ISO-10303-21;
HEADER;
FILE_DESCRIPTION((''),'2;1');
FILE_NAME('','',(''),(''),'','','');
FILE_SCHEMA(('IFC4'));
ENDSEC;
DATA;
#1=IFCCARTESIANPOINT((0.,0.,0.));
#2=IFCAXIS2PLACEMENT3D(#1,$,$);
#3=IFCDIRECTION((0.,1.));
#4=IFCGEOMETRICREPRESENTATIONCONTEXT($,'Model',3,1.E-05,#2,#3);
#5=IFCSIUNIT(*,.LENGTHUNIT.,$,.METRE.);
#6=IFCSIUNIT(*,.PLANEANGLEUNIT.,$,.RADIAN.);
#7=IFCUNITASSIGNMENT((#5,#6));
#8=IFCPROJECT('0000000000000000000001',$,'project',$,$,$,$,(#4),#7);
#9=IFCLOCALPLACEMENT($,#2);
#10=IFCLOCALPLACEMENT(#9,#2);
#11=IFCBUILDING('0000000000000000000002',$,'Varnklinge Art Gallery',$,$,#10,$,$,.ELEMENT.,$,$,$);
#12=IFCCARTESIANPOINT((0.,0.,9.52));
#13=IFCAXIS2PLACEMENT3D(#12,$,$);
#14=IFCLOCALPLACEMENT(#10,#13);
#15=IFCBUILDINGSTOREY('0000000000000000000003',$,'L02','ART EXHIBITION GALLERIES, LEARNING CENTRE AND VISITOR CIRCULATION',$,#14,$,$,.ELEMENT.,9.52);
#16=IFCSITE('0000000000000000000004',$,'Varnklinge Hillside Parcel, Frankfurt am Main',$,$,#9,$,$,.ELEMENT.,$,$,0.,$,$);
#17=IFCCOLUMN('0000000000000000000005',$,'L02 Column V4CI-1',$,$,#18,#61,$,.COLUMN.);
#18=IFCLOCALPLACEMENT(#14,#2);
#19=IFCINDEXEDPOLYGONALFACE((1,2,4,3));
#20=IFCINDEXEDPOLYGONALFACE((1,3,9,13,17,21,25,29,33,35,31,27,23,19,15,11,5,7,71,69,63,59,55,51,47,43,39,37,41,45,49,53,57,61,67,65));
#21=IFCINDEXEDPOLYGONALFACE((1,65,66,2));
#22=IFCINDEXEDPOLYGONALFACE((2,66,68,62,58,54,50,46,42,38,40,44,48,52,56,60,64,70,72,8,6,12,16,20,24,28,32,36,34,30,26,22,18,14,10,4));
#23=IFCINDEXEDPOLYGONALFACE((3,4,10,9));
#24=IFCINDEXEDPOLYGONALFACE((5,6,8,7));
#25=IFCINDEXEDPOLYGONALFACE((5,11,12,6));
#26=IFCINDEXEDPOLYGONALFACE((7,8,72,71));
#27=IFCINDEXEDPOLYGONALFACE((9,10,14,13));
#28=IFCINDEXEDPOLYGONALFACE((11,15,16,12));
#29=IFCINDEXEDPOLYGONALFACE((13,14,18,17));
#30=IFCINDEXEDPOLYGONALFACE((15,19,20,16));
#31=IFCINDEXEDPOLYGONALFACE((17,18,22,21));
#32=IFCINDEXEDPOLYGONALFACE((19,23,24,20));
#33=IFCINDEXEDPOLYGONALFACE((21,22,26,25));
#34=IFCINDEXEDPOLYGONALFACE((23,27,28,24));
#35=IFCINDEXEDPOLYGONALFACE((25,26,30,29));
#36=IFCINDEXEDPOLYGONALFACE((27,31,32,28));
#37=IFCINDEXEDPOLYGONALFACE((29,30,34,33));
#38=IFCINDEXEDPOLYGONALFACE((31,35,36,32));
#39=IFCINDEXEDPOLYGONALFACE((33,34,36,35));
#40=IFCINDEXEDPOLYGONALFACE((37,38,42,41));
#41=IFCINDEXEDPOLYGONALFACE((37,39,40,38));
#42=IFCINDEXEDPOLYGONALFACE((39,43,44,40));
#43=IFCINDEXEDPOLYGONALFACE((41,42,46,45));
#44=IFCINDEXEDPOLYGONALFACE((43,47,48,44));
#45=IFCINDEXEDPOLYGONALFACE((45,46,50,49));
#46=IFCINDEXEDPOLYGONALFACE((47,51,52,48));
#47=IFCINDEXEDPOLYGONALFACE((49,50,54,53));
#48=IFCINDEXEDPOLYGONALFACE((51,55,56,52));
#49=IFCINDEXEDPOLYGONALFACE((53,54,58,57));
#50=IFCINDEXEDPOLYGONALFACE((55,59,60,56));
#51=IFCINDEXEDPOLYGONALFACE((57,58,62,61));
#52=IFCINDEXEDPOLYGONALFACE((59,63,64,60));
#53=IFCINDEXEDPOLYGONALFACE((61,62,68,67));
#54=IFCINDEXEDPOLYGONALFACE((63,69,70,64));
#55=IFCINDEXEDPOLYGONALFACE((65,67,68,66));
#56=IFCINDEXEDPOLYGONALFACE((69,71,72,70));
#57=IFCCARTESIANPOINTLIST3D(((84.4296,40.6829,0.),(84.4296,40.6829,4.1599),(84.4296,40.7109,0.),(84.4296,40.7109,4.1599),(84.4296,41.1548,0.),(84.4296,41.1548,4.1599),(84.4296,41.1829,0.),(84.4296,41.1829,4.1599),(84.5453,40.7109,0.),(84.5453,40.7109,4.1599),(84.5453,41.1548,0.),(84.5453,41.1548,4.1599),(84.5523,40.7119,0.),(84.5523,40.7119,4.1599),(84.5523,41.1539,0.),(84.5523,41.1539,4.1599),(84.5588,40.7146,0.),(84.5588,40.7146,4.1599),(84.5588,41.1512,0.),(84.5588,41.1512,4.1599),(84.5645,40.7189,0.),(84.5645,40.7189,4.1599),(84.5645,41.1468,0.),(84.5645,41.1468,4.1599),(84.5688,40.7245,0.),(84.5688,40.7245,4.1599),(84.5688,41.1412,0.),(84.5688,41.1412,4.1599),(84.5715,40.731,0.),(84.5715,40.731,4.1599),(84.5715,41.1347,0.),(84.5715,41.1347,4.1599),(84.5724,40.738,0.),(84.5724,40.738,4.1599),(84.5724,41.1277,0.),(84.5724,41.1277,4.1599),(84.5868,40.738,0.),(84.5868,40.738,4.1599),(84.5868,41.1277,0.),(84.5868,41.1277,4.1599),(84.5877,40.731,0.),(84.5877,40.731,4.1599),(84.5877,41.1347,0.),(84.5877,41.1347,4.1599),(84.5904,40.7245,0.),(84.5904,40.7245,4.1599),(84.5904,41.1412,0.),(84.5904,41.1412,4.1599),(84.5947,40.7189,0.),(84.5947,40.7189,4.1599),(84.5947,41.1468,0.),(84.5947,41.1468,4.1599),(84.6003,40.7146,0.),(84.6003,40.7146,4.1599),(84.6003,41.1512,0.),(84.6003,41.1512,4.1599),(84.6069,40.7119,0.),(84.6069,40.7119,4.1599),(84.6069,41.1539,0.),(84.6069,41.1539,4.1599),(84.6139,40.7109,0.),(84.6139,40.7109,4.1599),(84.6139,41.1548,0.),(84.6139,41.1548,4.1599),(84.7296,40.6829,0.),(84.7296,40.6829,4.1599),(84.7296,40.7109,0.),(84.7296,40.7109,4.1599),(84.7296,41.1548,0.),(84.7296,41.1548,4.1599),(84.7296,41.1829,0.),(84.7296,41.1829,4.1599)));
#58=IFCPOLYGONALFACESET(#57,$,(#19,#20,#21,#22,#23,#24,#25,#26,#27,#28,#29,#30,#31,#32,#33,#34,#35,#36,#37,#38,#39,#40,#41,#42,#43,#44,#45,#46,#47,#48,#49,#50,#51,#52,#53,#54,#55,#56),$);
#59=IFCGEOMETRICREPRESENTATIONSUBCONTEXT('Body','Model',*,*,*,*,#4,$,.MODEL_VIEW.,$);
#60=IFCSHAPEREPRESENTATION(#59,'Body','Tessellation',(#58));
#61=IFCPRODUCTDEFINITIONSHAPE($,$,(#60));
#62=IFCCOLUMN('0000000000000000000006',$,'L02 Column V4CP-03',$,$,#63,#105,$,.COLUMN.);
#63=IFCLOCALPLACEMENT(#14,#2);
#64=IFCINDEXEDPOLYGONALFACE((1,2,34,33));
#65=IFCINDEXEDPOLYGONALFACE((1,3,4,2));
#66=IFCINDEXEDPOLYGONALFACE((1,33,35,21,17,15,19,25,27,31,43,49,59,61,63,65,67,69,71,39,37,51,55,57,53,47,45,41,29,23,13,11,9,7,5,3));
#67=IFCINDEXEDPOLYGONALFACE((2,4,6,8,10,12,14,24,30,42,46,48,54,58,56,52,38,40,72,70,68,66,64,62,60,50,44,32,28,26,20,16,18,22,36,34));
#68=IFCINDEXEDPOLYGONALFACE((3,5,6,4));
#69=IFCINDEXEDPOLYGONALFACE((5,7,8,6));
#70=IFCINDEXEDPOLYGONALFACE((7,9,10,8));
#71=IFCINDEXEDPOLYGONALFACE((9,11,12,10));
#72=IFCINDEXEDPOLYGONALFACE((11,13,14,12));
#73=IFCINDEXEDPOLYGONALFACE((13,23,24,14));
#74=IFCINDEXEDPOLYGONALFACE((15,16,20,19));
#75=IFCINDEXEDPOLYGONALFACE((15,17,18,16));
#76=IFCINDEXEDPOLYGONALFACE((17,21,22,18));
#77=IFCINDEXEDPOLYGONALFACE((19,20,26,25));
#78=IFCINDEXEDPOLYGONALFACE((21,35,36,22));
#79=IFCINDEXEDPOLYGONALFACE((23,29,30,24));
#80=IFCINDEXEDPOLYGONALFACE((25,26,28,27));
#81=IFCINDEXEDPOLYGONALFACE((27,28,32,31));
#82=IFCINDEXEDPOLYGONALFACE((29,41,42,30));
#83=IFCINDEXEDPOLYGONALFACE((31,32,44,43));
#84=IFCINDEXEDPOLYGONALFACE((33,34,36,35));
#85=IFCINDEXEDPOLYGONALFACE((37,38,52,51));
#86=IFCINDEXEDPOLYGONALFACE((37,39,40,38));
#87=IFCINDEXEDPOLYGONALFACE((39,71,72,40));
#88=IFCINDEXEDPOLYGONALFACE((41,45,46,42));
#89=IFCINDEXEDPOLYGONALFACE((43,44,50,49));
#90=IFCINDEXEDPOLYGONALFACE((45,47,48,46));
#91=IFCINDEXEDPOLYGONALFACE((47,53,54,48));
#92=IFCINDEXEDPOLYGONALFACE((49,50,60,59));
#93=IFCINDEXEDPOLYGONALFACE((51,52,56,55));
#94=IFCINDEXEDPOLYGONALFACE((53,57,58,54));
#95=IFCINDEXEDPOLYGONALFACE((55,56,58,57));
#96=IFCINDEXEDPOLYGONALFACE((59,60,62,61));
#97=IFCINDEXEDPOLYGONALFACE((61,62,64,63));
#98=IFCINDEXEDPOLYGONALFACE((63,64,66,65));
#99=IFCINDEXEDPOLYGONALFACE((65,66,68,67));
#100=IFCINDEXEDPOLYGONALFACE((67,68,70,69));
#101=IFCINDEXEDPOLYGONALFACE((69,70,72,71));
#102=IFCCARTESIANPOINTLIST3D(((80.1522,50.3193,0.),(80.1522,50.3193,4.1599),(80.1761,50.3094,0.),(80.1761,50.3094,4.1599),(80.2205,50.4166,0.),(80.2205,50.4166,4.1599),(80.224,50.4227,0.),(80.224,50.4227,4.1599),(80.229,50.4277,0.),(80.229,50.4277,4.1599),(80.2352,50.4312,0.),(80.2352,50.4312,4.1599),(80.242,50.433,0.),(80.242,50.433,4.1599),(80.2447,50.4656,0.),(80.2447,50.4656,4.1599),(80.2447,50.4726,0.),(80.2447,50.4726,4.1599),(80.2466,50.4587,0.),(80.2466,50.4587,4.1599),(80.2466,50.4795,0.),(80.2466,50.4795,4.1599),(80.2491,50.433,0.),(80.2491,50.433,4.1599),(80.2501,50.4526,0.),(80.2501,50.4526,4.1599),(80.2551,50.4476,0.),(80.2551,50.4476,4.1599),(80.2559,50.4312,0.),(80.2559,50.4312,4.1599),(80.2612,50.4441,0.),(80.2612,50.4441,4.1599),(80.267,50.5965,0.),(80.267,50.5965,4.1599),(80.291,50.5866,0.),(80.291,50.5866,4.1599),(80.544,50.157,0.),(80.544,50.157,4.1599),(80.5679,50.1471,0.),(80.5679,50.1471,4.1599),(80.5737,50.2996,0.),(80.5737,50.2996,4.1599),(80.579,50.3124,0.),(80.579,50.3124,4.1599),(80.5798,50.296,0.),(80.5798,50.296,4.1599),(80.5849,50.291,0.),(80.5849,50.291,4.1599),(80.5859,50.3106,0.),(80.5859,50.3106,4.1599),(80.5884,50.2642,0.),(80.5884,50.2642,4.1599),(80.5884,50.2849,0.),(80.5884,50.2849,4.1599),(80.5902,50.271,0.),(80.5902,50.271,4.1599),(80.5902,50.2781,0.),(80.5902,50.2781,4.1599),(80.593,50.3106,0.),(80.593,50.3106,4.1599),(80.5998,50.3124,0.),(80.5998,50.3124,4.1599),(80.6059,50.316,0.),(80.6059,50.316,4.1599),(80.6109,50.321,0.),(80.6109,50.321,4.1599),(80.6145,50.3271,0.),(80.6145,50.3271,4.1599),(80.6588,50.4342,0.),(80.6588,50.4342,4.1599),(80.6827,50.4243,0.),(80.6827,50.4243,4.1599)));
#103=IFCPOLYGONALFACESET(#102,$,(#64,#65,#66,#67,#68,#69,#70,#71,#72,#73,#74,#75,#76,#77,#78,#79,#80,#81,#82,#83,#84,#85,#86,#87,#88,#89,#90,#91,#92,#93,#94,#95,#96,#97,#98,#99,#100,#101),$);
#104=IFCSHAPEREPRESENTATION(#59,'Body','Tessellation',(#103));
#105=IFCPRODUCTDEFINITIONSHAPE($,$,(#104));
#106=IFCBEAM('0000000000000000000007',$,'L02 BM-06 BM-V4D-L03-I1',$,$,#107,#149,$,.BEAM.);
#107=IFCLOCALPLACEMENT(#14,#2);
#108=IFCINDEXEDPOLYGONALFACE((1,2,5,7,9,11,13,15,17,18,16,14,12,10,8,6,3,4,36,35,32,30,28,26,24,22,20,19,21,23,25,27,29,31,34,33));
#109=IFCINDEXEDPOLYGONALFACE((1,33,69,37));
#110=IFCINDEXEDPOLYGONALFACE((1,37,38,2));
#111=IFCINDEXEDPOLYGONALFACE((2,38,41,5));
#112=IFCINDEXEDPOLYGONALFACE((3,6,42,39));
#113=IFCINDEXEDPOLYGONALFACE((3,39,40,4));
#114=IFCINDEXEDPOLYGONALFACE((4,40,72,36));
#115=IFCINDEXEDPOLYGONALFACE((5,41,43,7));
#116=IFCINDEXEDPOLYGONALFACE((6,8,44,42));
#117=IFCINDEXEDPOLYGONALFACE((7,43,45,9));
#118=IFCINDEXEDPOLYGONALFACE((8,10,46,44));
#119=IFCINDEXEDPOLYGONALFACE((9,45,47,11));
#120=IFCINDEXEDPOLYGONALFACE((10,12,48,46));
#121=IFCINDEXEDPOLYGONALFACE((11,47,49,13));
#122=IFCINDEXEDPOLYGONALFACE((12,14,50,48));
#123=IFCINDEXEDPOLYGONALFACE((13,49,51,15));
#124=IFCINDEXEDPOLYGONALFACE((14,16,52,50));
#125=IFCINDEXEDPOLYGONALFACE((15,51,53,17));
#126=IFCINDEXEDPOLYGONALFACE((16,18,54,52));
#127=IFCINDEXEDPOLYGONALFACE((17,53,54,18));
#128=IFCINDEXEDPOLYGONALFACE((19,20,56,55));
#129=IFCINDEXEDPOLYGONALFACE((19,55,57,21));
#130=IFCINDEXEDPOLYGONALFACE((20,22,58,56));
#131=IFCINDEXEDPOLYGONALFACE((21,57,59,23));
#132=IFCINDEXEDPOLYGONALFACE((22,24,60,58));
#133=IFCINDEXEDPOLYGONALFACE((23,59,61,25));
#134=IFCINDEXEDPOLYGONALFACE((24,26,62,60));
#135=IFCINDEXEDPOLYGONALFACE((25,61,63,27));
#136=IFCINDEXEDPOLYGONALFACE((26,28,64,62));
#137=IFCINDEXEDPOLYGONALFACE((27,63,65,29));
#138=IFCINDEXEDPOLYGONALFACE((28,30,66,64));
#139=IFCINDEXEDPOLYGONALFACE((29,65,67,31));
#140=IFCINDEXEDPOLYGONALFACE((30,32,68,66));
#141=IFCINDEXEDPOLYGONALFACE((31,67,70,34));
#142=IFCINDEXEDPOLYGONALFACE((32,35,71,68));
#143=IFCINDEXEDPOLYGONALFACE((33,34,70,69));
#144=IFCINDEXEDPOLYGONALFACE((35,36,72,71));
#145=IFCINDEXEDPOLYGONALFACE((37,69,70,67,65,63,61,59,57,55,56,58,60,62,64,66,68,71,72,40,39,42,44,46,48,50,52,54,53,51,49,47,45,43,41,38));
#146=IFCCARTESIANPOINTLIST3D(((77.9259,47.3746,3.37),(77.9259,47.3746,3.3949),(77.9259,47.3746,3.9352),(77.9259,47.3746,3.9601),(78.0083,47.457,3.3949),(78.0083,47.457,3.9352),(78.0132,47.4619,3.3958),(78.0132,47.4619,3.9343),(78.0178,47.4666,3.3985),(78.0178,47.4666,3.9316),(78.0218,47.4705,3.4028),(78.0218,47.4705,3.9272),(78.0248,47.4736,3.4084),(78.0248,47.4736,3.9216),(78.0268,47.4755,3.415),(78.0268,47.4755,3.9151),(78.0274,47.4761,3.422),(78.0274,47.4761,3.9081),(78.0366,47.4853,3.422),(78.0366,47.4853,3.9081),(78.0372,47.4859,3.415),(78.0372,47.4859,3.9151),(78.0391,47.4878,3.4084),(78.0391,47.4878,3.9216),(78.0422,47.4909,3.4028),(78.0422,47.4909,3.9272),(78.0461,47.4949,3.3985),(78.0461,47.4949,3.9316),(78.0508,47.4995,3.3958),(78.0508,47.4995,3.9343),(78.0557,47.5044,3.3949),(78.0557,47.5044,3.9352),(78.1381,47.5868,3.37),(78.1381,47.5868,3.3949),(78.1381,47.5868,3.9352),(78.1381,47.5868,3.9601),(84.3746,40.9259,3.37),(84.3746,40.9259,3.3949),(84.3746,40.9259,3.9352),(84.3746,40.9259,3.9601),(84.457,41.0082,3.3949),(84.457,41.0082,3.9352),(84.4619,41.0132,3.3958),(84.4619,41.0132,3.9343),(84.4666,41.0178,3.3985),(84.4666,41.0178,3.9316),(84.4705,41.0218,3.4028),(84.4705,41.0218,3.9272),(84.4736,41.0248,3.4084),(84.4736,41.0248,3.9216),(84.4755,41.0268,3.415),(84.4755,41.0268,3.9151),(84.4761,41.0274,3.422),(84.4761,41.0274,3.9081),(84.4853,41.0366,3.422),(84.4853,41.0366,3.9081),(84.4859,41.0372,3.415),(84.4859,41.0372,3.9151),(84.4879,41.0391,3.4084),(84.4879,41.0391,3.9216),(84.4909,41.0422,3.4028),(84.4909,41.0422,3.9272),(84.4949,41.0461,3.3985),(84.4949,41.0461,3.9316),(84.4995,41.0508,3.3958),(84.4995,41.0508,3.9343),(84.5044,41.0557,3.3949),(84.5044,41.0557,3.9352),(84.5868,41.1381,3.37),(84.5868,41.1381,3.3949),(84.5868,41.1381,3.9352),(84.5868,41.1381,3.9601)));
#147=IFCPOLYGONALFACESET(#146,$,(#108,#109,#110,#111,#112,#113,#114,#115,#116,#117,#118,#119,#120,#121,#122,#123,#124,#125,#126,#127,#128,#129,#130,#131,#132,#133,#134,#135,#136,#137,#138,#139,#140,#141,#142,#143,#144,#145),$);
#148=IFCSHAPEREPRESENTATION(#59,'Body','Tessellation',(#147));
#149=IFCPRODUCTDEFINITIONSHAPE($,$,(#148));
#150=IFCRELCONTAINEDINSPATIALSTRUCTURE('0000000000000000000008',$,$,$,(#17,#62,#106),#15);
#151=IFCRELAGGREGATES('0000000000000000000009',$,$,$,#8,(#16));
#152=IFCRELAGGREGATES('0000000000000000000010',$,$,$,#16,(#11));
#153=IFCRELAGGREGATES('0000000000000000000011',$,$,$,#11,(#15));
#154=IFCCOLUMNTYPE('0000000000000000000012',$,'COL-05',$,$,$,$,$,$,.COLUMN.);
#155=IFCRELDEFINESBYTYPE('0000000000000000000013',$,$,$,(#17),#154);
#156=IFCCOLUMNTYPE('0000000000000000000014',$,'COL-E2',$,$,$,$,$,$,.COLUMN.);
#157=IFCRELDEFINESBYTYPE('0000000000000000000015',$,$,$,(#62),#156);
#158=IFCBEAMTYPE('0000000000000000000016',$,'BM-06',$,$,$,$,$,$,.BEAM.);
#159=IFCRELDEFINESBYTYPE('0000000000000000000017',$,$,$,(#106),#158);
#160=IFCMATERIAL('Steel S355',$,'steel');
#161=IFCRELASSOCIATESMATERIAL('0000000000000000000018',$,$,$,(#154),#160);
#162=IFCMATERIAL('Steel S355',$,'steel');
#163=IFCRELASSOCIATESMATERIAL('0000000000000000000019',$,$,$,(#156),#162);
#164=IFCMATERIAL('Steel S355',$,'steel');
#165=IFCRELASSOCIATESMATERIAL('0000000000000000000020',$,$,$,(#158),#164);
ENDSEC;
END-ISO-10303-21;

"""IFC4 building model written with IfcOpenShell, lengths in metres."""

from ifc_helpers import new_model, si_unit, direction, frame, origin, origin_2d, place, context, subcontext, project, spatial, i_section, extrude, material, material_profile, profile_set, type_object, element, save


model = new_model("IFC4")

# Units and contexts
model_context = context("Model", 3, precision=1e-05, world=origin(), true_north=direction((0.0, 1.0)))
body_context = subcontext(model_context, "Body", "Model", "MODEL_VIEW")
ifc_project = project(units=[si_unit("LENGTHUNIT", "METRE"), si_unit("PLANEANGLEUNIT", "RADIAN")], contexts=[model_context])

# Site, building, storey
site_placement = place(None, origin())
site = spatial("IfcSite", under=ifc_project, at=site_placement, Name="Varnklinge Hillside Parcel, Frankfurt am Main", CompositionType="ELEMENT", RefElevation=0.0)
building_placement = place(site_placement, origin())
building = spatial("IfcBuilding", under=site, at=building_placement, Name="Varnklinge Art Gallery", CompositionType="ELEMENT")
storey_placement = place(building_placement, frame((0.0, 0.0, 9.52)))
storey = spatial("IfcBuildingStorey", under=building, at=storey_placement, Name="L02", Description="ART EXHIBITION GALLERIES, LEARNING CENTRE AND VISITOR CIRCULATION", CompositionType="ELEMENT", Elevation=9.52)

# Columns
ifc_material_1 = material(Name="Steel S355", Category="steel")
ifc_material_profile_1 = material_profile(ifc_material_1, i_section(OverallWidth=0.3, OverallDepth=0.5, WebThickness=0.0144, FlangeThickness=0.0281, FilletRadius=0.0271, at=origin_2d()), Name="HEB 500")
ifc_profile_set_1 = profile_set([ifc_material_profile_1], Name="Steel S355")
column_type_1 = type_object("IfcColumnType", Name="COL-05", PredefinedType="COLUMN", material=ifc_profile_set_1)
column_1_placement = place(storey_placement, frame((84.5796, 40.9329, 0.0), z_axis=(0.0, 0.0, 1.0), x_axis=(1.0, 0.0, 0.0)))
element("IfcColumn", 1, at=column_1_placement, inside=storey, type_object=column_type_1, Name="L02 Column V4CI-1", PredefinedType="COLUMN", context=body_context, shape_type="SweptSolid", body=[
    extrude(i_section(OverallWidth=0.3, OverallDepth=0.5, WebThickness=0.0144, FlangeThickness=0.0281, FilletRadius=0.0271, at=origin_2d()), origin(), (0.0, 0.0, 1.0), 4.1599),
])
ifc_material_2 = material(Name="Steel S355", Category="steel")
ifc_material_profile_2 = material_profile(ifc_material_2, i_section(OverallWidth=0.3, OverallDepth=0.45, WebThickness=0.0139, FlangeThickness=0.0259, FilletRadius=0.0271, at=origin_2d()), Name="HEB 450")
ifc_profile_set_2 = profile_set([ifc_material_profile_2], Name="Steel S355")
column_type_2 = type_object("IfcColumnType", Name="COL-E2", PredefinedType="COLUMN", material=ifc_profile_set_2)
column_2_placement = place(storey_placement, frame((80.4175, 50.3718, 0.0), z_axis=(0.0, 0.0, 1.0), x_axis=(0.382683, 0.92388, 0.0)))
element("IfcColumn", 2, at=column_2_placement, inside=storey, type_object=column_type_2, Name="L02 Column V4CP-03", PredefinedType="COLUMN", context=body_context, shape_type="SweptSolid", body=[
    extrude(i_section(OverallWidth=0.3, OverallDepth=0.45, WebThickness=0.0139, FlangeThickness=0.0259, FilletRadius=0.0271, at=origin_2d()), origin(), (0.0, 0.0, 1.0), 4.1599),
])

# Beam
ifc_material_3 = material(Name="Steel S355", Category="steel")
ifc_material_profile_3 = material_profile(ifc_material_3, i_section(OverallWidth=0.3, OverallDepth=0.5901, WebThickness=0.0129, FlangeThickness=0.0249, FilletRadius=0.0271, at=origin_2d()), Name="HEA 600")
ifc_profile_set_3 = profile_set([ifc_material_profile_3], Name="Steel S355")
beam_type_1 = type_object("IfcBeamType", Name="BM-06", PredefinedType="BEAM", material=ifc_profile_set_3)
beam_1_placement = place(storey_placement, frame((84.4807, 41.032, 3.665), z_axis=(-0.707107, 0.707107, 0.0), x_axis=(-0.707107, -0.707107, 0.0)))
element("IfcBeam", 3, at=beam_1_placement, inside=storey, type_object=beam_type_1, Name="L02 BM-06 BM-V4D-L03-I1", PredefinedType="BEAM", context=body_context, shape_type="SweptSolid", body=[
    extrude(i_section(OverallWidth=0.3, OverallDepth=0.5901, WebThickness=0.0129, FlangeThickness=0.0249, FilletRadius=0.0271, at=origin_2d()), origin(), (0.0, 0.0, 1.0), 9.1199),
])

save(model, "model.ifc")
